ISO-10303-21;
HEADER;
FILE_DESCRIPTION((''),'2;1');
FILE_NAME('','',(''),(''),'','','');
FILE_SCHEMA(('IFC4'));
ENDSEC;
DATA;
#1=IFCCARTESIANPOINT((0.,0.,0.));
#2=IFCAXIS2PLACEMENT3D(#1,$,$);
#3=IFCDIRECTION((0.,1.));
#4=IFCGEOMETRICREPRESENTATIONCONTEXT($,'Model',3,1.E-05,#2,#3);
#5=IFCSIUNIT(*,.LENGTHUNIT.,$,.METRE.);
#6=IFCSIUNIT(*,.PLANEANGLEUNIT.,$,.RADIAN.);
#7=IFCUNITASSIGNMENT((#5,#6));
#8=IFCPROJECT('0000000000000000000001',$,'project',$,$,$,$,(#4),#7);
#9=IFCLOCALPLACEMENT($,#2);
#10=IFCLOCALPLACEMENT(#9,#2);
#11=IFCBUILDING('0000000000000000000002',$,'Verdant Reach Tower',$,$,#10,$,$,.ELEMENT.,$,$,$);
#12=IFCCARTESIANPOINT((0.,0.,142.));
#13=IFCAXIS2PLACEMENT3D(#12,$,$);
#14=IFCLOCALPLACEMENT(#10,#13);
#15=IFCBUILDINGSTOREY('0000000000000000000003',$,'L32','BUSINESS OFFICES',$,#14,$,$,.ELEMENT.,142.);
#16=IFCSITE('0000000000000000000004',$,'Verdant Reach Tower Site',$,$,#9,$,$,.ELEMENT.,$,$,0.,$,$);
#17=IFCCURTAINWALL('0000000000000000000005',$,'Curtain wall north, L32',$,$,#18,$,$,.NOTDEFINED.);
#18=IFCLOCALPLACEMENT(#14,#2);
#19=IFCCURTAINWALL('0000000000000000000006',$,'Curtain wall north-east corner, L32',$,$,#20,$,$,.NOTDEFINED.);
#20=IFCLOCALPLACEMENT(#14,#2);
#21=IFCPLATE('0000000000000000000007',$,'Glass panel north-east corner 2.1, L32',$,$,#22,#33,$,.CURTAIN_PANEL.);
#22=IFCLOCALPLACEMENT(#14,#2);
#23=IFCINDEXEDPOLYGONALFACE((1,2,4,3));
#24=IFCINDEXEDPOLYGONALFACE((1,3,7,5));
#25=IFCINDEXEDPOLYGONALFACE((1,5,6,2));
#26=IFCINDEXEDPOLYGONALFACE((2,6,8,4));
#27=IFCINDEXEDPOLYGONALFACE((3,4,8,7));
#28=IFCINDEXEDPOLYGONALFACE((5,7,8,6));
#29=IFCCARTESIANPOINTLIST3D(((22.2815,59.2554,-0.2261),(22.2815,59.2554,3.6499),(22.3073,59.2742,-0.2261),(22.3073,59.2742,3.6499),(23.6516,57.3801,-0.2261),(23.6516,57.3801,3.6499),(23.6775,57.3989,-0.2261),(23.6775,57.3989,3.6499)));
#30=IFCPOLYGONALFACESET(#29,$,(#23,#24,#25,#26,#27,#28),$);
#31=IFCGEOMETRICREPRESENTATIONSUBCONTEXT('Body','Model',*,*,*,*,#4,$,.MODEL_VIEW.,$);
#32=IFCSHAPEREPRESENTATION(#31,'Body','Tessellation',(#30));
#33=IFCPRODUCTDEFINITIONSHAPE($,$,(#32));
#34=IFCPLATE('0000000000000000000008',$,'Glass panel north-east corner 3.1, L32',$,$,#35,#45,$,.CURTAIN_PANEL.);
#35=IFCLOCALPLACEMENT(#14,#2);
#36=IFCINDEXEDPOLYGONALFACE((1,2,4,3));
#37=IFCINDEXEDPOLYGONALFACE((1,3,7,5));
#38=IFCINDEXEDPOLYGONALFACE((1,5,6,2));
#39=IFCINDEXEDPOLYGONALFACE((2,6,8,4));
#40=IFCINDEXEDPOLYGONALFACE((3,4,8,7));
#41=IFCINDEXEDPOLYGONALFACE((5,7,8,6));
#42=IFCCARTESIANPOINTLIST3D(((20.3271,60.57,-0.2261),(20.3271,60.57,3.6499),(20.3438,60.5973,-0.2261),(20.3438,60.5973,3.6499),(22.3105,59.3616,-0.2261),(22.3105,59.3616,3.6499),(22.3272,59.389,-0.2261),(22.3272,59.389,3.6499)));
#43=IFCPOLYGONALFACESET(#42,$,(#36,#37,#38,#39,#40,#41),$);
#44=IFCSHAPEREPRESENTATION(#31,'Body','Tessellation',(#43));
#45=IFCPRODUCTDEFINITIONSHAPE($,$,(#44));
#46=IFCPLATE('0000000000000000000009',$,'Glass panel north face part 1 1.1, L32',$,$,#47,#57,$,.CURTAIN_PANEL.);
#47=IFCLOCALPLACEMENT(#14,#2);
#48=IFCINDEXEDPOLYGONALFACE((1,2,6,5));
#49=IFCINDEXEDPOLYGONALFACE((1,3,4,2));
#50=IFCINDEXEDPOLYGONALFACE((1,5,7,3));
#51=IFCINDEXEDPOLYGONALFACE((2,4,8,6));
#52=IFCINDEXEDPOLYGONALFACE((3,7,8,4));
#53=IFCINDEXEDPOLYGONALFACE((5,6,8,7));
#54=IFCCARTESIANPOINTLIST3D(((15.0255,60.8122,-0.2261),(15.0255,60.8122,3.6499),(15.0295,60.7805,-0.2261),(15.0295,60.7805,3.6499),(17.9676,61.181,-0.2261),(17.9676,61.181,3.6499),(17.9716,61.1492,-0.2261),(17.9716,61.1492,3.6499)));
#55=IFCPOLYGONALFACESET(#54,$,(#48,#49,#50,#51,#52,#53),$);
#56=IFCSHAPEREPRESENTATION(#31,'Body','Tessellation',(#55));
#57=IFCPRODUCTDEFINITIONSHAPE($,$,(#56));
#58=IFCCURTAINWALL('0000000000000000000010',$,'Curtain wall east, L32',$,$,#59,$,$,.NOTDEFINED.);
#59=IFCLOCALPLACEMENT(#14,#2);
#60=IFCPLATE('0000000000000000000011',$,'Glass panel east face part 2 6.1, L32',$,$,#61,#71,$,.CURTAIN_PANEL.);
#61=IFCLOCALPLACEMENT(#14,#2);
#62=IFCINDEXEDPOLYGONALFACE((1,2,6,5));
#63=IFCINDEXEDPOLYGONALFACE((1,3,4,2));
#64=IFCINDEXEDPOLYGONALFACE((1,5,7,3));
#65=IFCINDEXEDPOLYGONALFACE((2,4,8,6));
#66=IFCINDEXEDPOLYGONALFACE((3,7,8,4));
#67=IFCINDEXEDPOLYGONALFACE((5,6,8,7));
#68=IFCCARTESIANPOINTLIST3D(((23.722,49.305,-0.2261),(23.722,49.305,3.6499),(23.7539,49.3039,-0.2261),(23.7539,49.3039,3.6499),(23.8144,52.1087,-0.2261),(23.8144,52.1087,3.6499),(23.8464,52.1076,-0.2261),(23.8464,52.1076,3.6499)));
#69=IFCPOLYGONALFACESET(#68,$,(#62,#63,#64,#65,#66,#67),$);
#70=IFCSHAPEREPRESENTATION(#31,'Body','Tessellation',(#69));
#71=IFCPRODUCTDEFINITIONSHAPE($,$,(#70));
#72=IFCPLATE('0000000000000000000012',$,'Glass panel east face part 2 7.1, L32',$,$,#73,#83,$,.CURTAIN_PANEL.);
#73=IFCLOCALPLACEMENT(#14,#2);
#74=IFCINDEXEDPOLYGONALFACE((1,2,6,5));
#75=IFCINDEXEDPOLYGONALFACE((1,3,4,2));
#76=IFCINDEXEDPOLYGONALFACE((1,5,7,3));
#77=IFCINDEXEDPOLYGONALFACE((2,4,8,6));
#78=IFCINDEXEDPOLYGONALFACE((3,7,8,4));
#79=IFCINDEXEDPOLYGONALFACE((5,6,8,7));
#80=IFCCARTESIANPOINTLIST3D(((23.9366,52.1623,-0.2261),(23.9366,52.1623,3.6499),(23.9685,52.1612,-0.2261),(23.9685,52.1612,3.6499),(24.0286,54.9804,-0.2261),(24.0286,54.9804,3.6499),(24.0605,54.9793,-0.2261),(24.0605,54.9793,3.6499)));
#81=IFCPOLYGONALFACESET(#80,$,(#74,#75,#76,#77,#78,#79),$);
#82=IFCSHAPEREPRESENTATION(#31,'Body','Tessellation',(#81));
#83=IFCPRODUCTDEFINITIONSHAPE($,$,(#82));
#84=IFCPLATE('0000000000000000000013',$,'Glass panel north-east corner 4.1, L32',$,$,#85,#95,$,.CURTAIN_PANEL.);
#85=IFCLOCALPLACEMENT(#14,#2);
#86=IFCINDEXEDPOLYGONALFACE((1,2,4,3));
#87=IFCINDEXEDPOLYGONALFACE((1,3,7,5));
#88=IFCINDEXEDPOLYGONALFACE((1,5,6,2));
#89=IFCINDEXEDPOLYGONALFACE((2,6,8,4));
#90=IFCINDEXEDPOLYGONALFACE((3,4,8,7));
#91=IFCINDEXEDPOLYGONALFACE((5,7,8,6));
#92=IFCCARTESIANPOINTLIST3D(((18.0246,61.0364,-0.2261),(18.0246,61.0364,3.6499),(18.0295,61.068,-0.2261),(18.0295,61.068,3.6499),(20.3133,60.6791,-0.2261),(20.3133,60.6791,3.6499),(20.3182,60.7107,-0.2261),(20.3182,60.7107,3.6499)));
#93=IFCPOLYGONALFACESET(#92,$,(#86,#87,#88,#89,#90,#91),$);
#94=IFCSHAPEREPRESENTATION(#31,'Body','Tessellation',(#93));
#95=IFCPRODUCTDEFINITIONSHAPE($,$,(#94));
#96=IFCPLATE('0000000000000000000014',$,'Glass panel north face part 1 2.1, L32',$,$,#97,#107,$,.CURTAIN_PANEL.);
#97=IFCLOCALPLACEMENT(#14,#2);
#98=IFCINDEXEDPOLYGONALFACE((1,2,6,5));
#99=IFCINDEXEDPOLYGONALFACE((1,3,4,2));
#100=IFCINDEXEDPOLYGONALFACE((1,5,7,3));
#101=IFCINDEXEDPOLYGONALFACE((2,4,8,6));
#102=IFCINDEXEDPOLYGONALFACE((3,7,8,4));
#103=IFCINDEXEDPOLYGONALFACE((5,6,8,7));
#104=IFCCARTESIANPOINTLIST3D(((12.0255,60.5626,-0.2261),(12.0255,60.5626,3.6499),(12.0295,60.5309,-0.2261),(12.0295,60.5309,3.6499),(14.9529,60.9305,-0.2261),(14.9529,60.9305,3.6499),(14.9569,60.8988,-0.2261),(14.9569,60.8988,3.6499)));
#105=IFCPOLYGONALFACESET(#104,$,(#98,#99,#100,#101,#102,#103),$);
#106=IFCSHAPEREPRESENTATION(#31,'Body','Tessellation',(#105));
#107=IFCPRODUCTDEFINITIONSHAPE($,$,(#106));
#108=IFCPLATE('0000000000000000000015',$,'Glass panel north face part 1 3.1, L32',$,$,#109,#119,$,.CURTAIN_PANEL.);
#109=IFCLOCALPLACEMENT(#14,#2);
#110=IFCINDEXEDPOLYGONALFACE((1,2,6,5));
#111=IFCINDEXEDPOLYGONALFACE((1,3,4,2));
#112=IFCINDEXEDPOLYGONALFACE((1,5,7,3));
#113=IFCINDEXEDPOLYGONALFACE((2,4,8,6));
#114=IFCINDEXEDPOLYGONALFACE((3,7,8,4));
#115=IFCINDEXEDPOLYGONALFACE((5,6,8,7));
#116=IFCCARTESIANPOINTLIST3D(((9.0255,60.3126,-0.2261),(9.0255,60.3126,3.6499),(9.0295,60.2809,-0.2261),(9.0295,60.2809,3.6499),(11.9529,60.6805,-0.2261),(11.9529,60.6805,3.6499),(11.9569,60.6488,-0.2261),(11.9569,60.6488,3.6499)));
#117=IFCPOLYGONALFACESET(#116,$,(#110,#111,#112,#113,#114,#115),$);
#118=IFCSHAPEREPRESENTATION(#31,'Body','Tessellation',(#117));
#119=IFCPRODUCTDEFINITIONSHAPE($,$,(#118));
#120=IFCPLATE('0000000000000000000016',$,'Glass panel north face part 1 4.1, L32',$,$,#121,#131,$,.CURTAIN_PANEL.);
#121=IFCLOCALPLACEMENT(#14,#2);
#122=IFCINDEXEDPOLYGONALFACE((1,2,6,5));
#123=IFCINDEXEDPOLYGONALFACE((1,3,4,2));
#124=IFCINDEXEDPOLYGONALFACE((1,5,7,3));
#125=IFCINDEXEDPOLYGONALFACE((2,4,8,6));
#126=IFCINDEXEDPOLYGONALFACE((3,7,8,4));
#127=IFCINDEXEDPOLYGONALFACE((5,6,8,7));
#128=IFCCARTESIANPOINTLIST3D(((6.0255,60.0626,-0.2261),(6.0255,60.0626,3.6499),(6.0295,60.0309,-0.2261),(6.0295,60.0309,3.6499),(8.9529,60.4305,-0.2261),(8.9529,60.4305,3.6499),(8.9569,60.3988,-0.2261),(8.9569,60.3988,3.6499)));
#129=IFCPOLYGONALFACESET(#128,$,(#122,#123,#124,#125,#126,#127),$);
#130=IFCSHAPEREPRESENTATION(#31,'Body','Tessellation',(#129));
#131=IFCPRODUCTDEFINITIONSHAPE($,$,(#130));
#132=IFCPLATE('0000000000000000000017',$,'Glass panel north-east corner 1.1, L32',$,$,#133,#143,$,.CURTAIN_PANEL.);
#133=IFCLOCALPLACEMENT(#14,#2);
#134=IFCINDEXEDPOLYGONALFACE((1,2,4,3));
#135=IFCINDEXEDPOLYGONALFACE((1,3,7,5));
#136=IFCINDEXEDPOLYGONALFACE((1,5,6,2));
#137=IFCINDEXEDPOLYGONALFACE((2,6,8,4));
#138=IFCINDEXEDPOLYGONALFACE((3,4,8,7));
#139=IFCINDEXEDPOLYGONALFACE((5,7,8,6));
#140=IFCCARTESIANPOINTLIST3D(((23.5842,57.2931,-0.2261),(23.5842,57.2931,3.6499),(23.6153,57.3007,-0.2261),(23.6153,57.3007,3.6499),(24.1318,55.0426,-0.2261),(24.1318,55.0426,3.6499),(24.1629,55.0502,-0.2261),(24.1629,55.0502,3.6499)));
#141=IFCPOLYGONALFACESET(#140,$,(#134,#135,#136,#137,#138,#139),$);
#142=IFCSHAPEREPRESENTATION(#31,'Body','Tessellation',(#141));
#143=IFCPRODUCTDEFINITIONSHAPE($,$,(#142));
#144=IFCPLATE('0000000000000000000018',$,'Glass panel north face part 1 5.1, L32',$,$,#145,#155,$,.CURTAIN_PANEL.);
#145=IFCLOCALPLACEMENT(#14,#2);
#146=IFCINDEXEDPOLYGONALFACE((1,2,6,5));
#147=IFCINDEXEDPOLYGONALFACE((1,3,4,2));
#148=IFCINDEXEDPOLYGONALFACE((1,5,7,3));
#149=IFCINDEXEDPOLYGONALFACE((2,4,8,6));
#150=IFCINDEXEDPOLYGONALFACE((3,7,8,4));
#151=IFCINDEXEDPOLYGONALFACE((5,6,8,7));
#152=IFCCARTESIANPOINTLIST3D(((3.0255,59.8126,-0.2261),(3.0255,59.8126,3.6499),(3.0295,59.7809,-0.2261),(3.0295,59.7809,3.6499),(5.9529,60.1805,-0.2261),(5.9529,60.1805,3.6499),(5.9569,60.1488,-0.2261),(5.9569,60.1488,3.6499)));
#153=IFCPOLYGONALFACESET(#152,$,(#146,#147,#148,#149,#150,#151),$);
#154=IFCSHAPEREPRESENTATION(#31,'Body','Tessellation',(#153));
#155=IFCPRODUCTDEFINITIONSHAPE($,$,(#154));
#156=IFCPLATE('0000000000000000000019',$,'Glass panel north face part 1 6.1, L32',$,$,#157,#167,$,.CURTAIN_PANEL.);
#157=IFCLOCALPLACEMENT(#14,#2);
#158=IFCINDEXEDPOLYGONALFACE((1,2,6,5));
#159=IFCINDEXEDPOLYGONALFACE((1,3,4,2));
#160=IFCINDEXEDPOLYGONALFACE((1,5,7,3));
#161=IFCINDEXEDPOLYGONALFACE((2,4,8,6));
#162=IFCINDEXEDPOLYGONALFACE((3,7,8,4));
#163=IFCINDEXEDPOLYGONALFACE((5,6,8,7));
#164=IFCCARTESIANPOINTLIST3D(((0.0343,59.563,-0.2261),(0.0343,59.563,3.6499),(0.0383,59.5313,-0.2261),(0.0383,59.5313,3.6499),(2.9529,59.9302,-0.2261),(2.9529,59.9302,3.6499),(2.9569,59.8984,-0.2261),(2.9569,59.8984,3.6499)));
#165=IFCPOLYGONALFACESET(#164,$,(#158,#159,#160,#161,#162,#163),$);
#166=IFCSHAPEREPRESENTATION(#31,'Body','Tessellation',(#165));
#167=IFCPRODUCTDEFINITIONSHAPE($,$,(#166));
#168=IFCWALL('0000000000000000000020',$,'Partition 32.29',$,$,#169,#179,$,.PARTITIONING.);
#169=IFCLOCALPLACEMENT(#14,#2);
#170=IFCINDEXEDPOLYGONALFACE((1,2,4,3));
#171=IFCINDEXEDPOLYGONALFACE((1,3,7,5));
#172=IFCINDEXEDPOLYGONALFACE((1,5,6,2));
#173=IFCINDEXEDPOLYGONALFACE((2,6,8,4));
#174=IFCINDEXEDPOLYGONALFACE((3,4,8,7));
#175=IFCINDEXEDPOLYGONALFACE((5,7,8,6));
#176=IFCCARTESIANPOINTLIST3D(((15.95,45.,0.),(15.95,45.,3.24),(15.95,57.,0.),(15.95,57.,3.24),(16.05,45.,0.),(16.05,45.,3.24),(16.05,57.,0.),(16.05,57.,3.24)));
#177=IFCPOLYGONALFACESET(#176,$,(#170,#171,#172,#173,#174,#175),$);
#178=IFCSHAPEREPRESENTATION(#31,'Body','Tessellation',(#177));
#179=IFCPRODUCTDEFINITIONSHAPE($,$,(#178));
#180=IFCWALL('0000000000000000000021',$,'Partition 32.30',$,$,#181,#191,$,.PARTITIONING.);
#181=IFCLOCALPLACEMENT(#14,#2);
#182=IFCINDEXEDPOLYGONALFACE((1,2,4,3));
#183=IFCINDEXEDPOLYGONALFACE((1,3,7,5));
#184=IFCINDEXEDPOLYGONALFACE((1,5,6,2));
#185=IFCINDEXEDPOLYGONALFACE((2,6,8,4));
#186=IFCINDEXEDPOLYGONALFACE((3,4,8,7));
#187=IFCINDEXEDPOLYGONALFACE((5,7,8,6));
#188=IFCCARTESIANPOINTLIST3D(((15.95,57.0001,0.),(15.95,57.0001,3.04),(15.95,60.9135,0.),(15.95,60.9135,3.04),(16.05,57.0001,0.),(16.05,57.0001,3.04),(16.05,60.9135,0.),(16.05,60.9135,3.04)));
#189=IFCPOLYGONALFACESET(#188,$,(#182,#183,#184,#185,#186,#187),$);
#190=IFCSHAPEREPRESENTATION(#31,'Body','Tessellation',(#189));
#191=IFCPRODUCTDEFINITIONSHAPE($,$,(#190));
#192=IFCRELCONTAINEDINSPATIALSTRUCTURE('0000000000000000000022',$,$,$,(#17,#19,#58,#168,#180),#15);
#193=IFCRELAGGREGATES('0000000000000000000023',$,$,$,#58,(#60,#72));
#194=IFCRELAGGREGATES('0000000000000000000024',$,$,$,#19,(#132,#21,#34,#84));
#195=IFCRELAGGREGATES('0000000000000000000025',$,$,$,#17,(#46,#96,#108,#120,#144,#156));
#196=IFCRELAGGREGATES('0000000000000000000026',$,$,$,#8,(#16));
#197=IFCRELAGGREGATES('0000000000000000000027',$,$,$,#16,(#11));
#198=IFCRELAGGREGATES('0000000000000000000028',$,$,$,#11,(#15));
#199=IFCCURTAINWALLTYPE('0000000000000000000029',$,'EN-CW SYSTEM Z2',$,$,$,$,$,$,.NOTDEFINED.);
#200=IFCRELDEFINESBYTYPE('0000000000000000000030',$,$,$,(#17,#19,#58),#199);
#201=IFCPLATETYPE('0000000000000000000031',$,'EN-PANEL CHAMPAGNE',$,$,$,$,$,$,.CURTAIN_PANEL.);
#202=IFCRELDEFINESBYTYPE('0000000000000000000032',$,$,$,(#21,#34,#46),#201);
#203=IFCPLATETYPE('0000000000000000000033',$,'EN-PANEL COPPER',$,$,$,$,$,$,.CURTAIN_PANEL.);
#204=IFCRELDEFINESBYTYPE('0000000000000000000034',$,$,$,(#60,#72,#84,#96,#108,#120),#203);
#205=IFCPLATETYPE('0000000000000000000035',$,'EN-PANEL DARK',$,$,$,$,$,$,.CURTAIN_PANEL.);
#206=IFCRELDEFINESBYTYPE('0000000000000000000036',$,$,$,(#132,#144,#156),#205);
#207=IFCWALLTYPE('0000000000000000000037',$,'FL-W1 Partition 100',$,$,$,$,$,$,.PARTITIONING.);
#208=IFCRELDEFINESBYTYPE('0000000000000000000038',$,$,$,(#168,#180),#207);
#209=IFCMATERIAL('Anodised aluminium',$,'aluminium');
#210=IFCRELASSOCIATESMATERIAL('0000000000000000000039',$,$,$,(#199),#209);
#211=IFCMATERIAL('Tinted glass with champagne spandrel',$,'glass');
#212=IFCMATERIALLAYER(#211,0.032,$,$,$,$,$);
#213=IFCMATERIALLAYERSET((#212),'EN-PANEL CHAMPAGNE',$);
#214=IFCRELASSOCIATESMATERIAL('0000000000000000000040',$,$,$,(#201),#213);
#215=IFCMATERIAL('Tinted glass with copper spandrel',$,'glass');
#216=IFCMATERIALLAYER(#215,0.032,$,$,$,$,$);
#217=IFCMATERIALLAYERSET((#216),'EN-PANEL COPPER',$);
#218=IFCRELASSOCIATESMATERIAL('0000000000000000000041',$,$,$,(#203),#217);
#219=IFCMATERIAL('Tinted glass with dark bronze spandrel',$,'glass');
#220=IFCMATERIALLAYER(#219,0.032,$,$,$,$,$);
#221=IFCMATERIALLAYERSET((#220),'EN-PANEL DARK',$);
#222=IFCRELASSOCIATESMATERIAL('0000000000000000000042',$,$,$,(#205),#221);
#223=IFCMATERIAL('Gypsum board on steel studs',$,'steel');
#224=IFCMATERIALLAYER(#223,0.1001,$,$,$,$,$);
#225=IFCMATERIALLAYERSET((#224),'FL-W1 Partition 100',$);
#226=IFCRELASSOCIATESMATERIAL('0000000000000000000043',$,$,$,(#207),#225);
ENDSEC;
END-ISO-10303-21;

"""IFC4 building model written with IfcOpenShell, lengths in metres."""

from ifc_helpers import new_model, si_unit, direction, frame, frame_2d, origin, origin_2d, place, context, subcontext, project, spatial, rectangle, extrude, material, layer, layer_set, type_object, element, aggregate, save


model = new_model("IFC4")

# Units and contexts
model_context = context("Model", 3, precision=1e-05, world=origin(), true_north=direction((0.0, 1.0)))
body_context = subcontext(model_context, "Body", "Model", "MODEL_VIEW")
ifc_project = project(units=[si_unit("LENGTHUNIT", "METRE"), si_unit("PLANEANGLEUNIT", "RADIAN")], contexts=[model_context])

# Site, building, storey
site_placement = place(None, origin())
site = spatial("IfcSite", under=ifc_project, at=site_placement, Name="Verdant Reach Tower Site", CompositionType="ELEMENT", RefElevation=0.0)
building_placement = place(site_placement, origin())
building = spatial("IfcBuilding", under=site, at=building_placement, Name="Verdant Reach Tower", CompositionType="ELEMENT")
storey_placement = place(building_placement, frame((0.0, 0.0, 142.0)))
storey = spatial("IfcBuildingStorey", under=building, at=storey_placement, Name="L32", Description="BUSINESS OFFICES", CompositionType="ELEMENT", Elevation=142.0)

# Curtain wall
ifc_material_1 = material(Name="Anodised aluminium", Category="aluminium")
curtain_wall_type = type_object("IfcCurtainWallType", Name="EN-CW SYSTEM Z2", PredefinedType="NOTDEFINED", material=ifc_material_1)
curtain_wall_1_placement = place(storey_placement, origin())
curtain_wall_1 = element("IfcCurtainWall", 1, at=curtain_wall_1_placement, inside=storey, type_object=curtain_wall_type, Name="Curtain wall north, L32", PredefinedType="NOTDEFINED")

# Curtain wall, plates
curtain_wall_2_placement = place(storey_placement, origin())
curtain_wall_2 = element("IfcCurtainWall", 2, at=curtain_wall_2_placement, inside=storey, type_object=curtain_wall_type, Name="Curtain wall north-east corner, L32", PredefinedType="NOTDEFINED")
ifc_material_2 = material(Name="Tinted glass with champagne spandrel", Category="glass")
ifc_layer_1 = layer(ifc_material_2, 0.032)
ifc_layer_set_1 = layer_set([ifc_layer_1], Name="EN-PANEL CHAMPAGNE")
plate_type_1 = type_object("IfcPlateType", Name="EN-PANEL CHAMPAGNE", PredefinedType="CURTAIN_PANEL", material=ifc_layer_set_1)
plate_1_placement = place(storey_placement, frame((22.9795, 58.3271, -0.2261), z_axis=(0.0, 0.0, 1.0), x_axis=(-0.589927, 0.807457, 0.0)))
plate_1 = element("IfcPlate", 3, at=plate_1_placement, type_object=plate_type_1, Name="Glass panel north-east corner 2.1, L32", PredefinedType="CURTAIN_PANEL", context=body_context, shape_type="SweptSolid", body=[
    extrude(rectangle(XDim=2.3225, YDim=0.032, at=origin_2d()), origin(), (0.0, 0.0, 1.0), 3.876),
])
plate_2_placement = place(storey_placement, frame((21.3271, 59.9795, -0.2261), z_axis=(0.0, 0.0, 1.0), x_axis=(-0.853989, 0.520292, 0.0)))
plate_2 = element("IfcPlate", 4, at=plate_2_placement, type_object=plate_type_1, Name="Glass panel north-east corner 3.1, L32", PredefinedType="CURTAIN_PANEL", context=body_context, shape_type="SweptSolid", body=[
    extrude(rectangle(XDim=2.3225, YDim=0.032, at=origin_2d()), origin(), (0.0, 0.0, 1.0), 3.876),
])

# Plate
plate_3_placement = place(storey_placement, frame((16.4985, 60.9807, -0.2261), z_axis=(0.0, 0.0, 1.0), x_axis=(-0.992237, -0.124365, 0.0)))
plate_3 = element("IfcPlate", 5, at=plate_3_placement, type_object=plate_type_1, Name="Glass panel north face part 1 1.1, L32", PredefinedType="CURTAIN_PANEL", context=body_context, shape_type="SweptSolid", body=[
    extrude(rectangle(XDim=2.9651, YDim=0.032, at=origin_2d()), origin(), (0.0, 0.0, 1.0), 3.876),
])

# Curtain wall, plates
curtain_wall_3_placement = place(storey_placement, origin())
curtain_wall_3 = element("IfcCurtainWall", 6, at=curtain_wall_3_placement, inside=storey, type_object=curtain_wall_type, Name="Curtain wall east, L32", PredefinedType="NOTDEFINED")
ifc_material_3 = material(Name="Tinted glass with copper spandrel", Category="glass")
ifc_layer_2 = layer(ifc_material_3, 0.032)
ifc_layer_set_2 = layer_set([ifc_layer_2], Name="EN-PANEL COPPER")
plate_type_2 = type_object("IfcPlateType", Name="EN-PANEL COPPER", PredefinedType="CURTAIN_PANEL", material=ifc_layer_set_2)
plate_4_placement = place(storey_placement, frame((23.7842, 50.7063, -0.2261), z_axis=(0.0, 0.0, 1.0), x_axis=(0.032966, 0.999456, 0.0)))
plate_4 = element("IfcPlate", 7, at=plate_4_placement, type_object=plate_type_2, Name="Glass panel east face part 2 6.1, L32", PredefinedType="CURTAIN_PANEL", context=body_context, shape_type="SweptSolid", body=[
    extrude(rectangle(XDim=2.8052, YDim=0.032, at=origin_2d()), origin(), (0.0, 0.0, 1.0), 3.876),
])
plate_5_placement = place(storey_placement, frame((23.9985, 53.5708, -0.2261), z_axis=(0.0, 0.0, 1.0), x_axis=(0.032628, 0.999468, 0.0)))
plate_5 = element("IfcPlate", 8, at=plate_5_placement, type_object=plate_type_2, Name="Glass panel east face part 2 7.1, L32", PredefinedType="CURTAIN_PANEL", context=body_context, shape_type="SweptSolid", body=[
    extrude(rectangle(XDim=2.8196, YDim=0.032, at=origin_2d()), origin(), (0.0, 0.0, 1.0), 3.876),
])
aggregate(curtain_wall_3, [plate_4, plate_5])

# Plates
plate_6_placement = place(storey_placement, frame((19.1714, 60.8735, -0.2261), z_axis=(0.0, 0.0, 1.0), x_axis=(-0.988031, 0.154256, 0.0)))
plate_6 = element("IfcPlate", 9, at=plate_6_placement, type_object=plate_type_2, Name="Glass panel north-east corner 4.1, L32", PredefinedType="CURTAIN_PANEL", context=body_context, shape_type="SweptSolid", body=[
    extrude(rectangle(XDim=2.3164, YDim=0.032, at=origin_2d()), origin(), (0.0, 0.0, 1.0), 3.876),
])
plate_7_placement = place(storey_placement, frame((13.4912, 60.7307, -0.2261), z_axis=(0.0, 0.0, 1.0), x_axis=(-0.992194, -0.124704, 0.0)))
plate_7 = element("IfcPlate", 10, at=plate_7_placement, type_object=plate_type_2, Name="Glass panel north face part 1 2.1, L32", PredefinedType="CURTAIN_PANEL", context=body_context, shape_type="SweptSolid", body=[
    extrude(rectangle(XDim=2.9504, YDim=0.032, at=origin_2d()), origin(), (0.0, 0.0, 1.0), 3.876),
])
plate_8_placement = place(storey_placement, frame((10.4912, 60.4807, -0.2261), z_axis=(0.0, 0.0, 1.0), x_axis=(-0.992194, -0.124704, 0.0)))
plate_8 = element("IfcPlate", 11, at=plate_8_placement, type_object=plate_type_2, Name="Glass panel north face part 1 3.1, L32", PredefinedType="CURTAIN_PANEL", context=body_context, shape_type="SweptSolid", body=[
    extrude(rectangle(XDim=2.9504, YDim=0.032, at=origin_2d()), origin(), (0.0, 0.0, 1.0), 3.876),
])
plate_9_placement = place(storey_placement, frame((7.4912, 60.2307, -0.2261), z_axis=(0.0, 0.0, 1.0), x_axis=(-0.992194, -0.124704, 0.0)))
plate_9 = element("IfcPlate", 12, at=plate_9_placement, type_object=plate_type_2, Name="Glass panel north face part 1 4.1, L32", PredefinedType="CURTAIN_PANEL", context=body_context, shape_type="SweptSolid", body=[
    extrude(rectangle(XDim=2.9504, YDim=0.032, at=origin_2d()), origin(), (0.0, 0.0, 1.0), 3.876),
])
ifc_material_4 = material(Name="Tinted glass with dark bronze spandrel", Category="glass")
ifc_layer_3 = layer(ifc_material_4, 0.032)
ifc_layer_set_3 = layer_set([ifc_layer_3], Name="EN-PANEL DARK")
plate_type_3 = type_object("IfcPlateType", Name="EN-PANEL DARK", PredefinedType="CURTAIN_PANEL", material=ifc_layer_set_3)
plate_10_placement = place(storey_placement, frame((23.8735, 56.1716, -0.2261), z_axis=(0.0, 0.0, 1.0), x_axis=(-0.236416, 0.971652, 0.0)))
plate_10 = element("IfcPlate", 13, at=plate_10_placement, type_object=plate_type_3, Name="Glass panel north-east corner 1.1, L32", PredefinedType="CURTAIN_PANEL", context=body_context, shape_type="SweptSolid", body=[
    extrude(rectangle(XDim=2.3162, YDim=0.032, at=origin_2d()), origin(), (0.0, 0.0, 1.0), 3.876),
])
aggregate(curtain_wall_2, [plate_10, plate_1, plate_2, plate_6])
plate_11_placement = place(storey_placement, frame((4.4912, 59.9807, -0.2261), z_axis=(0.0, 0.0, 1.0), x_axis=(-0.992194, -0.124704, 0.0)))
plate_11 = element("IfcPlate", 14, at=plate_11_placement, type_object=plate_type_3, Name="Glass panel north face part 1 5.1, L32", PredefinedType="CURTAIN_PANEL", context=body_context, shape_type="SweptSolid", body=[
    extrude(rectangle(XDim=2.9504, YDim=0.032, at=origin_2d()), origin(), (0.0, 0.0, 1.0), 3.876),
])
plate_12_placement = place(storey_placement, frame((1.4956, 59.7307, -0.2261), z_axis=(0.0, 0.0, 1.0), x_axis=(-0.992179, -0.124825, 0.0)))
plate_12 = element("IfcPlate", 15, at=plate_12_placement, type_object=plate_type_3, Name="Glass panel north face part 1 6.1, L32", PredefinedType="CURTAIN_PANEL", context=body_context, shape_type="SweptSolid", body=[
    extrude(rectangle(XDim=2.9417, YDim=0.032, at=origin_2d()), origin(), (0.0, 0.0, 1.0), 3.876),
])
aggregate(curtain_wall_1, [plate_3, plate_7, plate_8, plate_9, plate_11, plate_12])

# Walls
ifc_material_5 = material(Name="Gypsum board on steel studs", Category="steel")
ifc_layer_4 = layer(ifc_material_5, 0.1001)
ifc_layer_set_4 = layer_set([ifc_layer_4], Name="FL-W1 Partition 100")
wall_type = type_object("IfcWallType", Name="FL-W1 Partition 100", PredefinedType="PARTITIONING", material=ifc_layer_set_4)
wall_1_placement = place(storey_placement, frame((16.0, 57.0, 0.0), z_axis=(0.0, 0.0, 1.0), x_axis=(0.0, -1.0, 0.0)))
element("IfcWall", 16, at=wall_1_placement, inside=storey, type_object=wall_type, Name="Partition 32.29", PredefinedType="PARTITIONING", context=body_context, shape_type="SweptSolid", body=[
    extrude(rectangle(XDim=12.0, YDim=0.1001, at=frame_2d((6.0, 0.0))), origin(), (0.0, 0.0, 1.0), 3.24),
])
wall_2_placement = place(storey_placement, frame((16.0, 60.9133, 0.0), z_axis=(0.0, 0.0, 1.0), x_axis=(0.0, -1.0, 0.0)))
element("IfcWall", 17, at=wall_2_placement, inside=storey, type_object=wall_type, Name="Partition 32.30", PredefinedType="PARTITIONING", context=body_context, shape_type="SweptSolid", body=[
    extrude(rectangle(XDim=3.9133, YDim=0.1001, at=frame_2d((1.9565, 0.0))), origin(), (0.0, 0.0, 1.0), 3.04),
])

save(model, "model.ifc")
